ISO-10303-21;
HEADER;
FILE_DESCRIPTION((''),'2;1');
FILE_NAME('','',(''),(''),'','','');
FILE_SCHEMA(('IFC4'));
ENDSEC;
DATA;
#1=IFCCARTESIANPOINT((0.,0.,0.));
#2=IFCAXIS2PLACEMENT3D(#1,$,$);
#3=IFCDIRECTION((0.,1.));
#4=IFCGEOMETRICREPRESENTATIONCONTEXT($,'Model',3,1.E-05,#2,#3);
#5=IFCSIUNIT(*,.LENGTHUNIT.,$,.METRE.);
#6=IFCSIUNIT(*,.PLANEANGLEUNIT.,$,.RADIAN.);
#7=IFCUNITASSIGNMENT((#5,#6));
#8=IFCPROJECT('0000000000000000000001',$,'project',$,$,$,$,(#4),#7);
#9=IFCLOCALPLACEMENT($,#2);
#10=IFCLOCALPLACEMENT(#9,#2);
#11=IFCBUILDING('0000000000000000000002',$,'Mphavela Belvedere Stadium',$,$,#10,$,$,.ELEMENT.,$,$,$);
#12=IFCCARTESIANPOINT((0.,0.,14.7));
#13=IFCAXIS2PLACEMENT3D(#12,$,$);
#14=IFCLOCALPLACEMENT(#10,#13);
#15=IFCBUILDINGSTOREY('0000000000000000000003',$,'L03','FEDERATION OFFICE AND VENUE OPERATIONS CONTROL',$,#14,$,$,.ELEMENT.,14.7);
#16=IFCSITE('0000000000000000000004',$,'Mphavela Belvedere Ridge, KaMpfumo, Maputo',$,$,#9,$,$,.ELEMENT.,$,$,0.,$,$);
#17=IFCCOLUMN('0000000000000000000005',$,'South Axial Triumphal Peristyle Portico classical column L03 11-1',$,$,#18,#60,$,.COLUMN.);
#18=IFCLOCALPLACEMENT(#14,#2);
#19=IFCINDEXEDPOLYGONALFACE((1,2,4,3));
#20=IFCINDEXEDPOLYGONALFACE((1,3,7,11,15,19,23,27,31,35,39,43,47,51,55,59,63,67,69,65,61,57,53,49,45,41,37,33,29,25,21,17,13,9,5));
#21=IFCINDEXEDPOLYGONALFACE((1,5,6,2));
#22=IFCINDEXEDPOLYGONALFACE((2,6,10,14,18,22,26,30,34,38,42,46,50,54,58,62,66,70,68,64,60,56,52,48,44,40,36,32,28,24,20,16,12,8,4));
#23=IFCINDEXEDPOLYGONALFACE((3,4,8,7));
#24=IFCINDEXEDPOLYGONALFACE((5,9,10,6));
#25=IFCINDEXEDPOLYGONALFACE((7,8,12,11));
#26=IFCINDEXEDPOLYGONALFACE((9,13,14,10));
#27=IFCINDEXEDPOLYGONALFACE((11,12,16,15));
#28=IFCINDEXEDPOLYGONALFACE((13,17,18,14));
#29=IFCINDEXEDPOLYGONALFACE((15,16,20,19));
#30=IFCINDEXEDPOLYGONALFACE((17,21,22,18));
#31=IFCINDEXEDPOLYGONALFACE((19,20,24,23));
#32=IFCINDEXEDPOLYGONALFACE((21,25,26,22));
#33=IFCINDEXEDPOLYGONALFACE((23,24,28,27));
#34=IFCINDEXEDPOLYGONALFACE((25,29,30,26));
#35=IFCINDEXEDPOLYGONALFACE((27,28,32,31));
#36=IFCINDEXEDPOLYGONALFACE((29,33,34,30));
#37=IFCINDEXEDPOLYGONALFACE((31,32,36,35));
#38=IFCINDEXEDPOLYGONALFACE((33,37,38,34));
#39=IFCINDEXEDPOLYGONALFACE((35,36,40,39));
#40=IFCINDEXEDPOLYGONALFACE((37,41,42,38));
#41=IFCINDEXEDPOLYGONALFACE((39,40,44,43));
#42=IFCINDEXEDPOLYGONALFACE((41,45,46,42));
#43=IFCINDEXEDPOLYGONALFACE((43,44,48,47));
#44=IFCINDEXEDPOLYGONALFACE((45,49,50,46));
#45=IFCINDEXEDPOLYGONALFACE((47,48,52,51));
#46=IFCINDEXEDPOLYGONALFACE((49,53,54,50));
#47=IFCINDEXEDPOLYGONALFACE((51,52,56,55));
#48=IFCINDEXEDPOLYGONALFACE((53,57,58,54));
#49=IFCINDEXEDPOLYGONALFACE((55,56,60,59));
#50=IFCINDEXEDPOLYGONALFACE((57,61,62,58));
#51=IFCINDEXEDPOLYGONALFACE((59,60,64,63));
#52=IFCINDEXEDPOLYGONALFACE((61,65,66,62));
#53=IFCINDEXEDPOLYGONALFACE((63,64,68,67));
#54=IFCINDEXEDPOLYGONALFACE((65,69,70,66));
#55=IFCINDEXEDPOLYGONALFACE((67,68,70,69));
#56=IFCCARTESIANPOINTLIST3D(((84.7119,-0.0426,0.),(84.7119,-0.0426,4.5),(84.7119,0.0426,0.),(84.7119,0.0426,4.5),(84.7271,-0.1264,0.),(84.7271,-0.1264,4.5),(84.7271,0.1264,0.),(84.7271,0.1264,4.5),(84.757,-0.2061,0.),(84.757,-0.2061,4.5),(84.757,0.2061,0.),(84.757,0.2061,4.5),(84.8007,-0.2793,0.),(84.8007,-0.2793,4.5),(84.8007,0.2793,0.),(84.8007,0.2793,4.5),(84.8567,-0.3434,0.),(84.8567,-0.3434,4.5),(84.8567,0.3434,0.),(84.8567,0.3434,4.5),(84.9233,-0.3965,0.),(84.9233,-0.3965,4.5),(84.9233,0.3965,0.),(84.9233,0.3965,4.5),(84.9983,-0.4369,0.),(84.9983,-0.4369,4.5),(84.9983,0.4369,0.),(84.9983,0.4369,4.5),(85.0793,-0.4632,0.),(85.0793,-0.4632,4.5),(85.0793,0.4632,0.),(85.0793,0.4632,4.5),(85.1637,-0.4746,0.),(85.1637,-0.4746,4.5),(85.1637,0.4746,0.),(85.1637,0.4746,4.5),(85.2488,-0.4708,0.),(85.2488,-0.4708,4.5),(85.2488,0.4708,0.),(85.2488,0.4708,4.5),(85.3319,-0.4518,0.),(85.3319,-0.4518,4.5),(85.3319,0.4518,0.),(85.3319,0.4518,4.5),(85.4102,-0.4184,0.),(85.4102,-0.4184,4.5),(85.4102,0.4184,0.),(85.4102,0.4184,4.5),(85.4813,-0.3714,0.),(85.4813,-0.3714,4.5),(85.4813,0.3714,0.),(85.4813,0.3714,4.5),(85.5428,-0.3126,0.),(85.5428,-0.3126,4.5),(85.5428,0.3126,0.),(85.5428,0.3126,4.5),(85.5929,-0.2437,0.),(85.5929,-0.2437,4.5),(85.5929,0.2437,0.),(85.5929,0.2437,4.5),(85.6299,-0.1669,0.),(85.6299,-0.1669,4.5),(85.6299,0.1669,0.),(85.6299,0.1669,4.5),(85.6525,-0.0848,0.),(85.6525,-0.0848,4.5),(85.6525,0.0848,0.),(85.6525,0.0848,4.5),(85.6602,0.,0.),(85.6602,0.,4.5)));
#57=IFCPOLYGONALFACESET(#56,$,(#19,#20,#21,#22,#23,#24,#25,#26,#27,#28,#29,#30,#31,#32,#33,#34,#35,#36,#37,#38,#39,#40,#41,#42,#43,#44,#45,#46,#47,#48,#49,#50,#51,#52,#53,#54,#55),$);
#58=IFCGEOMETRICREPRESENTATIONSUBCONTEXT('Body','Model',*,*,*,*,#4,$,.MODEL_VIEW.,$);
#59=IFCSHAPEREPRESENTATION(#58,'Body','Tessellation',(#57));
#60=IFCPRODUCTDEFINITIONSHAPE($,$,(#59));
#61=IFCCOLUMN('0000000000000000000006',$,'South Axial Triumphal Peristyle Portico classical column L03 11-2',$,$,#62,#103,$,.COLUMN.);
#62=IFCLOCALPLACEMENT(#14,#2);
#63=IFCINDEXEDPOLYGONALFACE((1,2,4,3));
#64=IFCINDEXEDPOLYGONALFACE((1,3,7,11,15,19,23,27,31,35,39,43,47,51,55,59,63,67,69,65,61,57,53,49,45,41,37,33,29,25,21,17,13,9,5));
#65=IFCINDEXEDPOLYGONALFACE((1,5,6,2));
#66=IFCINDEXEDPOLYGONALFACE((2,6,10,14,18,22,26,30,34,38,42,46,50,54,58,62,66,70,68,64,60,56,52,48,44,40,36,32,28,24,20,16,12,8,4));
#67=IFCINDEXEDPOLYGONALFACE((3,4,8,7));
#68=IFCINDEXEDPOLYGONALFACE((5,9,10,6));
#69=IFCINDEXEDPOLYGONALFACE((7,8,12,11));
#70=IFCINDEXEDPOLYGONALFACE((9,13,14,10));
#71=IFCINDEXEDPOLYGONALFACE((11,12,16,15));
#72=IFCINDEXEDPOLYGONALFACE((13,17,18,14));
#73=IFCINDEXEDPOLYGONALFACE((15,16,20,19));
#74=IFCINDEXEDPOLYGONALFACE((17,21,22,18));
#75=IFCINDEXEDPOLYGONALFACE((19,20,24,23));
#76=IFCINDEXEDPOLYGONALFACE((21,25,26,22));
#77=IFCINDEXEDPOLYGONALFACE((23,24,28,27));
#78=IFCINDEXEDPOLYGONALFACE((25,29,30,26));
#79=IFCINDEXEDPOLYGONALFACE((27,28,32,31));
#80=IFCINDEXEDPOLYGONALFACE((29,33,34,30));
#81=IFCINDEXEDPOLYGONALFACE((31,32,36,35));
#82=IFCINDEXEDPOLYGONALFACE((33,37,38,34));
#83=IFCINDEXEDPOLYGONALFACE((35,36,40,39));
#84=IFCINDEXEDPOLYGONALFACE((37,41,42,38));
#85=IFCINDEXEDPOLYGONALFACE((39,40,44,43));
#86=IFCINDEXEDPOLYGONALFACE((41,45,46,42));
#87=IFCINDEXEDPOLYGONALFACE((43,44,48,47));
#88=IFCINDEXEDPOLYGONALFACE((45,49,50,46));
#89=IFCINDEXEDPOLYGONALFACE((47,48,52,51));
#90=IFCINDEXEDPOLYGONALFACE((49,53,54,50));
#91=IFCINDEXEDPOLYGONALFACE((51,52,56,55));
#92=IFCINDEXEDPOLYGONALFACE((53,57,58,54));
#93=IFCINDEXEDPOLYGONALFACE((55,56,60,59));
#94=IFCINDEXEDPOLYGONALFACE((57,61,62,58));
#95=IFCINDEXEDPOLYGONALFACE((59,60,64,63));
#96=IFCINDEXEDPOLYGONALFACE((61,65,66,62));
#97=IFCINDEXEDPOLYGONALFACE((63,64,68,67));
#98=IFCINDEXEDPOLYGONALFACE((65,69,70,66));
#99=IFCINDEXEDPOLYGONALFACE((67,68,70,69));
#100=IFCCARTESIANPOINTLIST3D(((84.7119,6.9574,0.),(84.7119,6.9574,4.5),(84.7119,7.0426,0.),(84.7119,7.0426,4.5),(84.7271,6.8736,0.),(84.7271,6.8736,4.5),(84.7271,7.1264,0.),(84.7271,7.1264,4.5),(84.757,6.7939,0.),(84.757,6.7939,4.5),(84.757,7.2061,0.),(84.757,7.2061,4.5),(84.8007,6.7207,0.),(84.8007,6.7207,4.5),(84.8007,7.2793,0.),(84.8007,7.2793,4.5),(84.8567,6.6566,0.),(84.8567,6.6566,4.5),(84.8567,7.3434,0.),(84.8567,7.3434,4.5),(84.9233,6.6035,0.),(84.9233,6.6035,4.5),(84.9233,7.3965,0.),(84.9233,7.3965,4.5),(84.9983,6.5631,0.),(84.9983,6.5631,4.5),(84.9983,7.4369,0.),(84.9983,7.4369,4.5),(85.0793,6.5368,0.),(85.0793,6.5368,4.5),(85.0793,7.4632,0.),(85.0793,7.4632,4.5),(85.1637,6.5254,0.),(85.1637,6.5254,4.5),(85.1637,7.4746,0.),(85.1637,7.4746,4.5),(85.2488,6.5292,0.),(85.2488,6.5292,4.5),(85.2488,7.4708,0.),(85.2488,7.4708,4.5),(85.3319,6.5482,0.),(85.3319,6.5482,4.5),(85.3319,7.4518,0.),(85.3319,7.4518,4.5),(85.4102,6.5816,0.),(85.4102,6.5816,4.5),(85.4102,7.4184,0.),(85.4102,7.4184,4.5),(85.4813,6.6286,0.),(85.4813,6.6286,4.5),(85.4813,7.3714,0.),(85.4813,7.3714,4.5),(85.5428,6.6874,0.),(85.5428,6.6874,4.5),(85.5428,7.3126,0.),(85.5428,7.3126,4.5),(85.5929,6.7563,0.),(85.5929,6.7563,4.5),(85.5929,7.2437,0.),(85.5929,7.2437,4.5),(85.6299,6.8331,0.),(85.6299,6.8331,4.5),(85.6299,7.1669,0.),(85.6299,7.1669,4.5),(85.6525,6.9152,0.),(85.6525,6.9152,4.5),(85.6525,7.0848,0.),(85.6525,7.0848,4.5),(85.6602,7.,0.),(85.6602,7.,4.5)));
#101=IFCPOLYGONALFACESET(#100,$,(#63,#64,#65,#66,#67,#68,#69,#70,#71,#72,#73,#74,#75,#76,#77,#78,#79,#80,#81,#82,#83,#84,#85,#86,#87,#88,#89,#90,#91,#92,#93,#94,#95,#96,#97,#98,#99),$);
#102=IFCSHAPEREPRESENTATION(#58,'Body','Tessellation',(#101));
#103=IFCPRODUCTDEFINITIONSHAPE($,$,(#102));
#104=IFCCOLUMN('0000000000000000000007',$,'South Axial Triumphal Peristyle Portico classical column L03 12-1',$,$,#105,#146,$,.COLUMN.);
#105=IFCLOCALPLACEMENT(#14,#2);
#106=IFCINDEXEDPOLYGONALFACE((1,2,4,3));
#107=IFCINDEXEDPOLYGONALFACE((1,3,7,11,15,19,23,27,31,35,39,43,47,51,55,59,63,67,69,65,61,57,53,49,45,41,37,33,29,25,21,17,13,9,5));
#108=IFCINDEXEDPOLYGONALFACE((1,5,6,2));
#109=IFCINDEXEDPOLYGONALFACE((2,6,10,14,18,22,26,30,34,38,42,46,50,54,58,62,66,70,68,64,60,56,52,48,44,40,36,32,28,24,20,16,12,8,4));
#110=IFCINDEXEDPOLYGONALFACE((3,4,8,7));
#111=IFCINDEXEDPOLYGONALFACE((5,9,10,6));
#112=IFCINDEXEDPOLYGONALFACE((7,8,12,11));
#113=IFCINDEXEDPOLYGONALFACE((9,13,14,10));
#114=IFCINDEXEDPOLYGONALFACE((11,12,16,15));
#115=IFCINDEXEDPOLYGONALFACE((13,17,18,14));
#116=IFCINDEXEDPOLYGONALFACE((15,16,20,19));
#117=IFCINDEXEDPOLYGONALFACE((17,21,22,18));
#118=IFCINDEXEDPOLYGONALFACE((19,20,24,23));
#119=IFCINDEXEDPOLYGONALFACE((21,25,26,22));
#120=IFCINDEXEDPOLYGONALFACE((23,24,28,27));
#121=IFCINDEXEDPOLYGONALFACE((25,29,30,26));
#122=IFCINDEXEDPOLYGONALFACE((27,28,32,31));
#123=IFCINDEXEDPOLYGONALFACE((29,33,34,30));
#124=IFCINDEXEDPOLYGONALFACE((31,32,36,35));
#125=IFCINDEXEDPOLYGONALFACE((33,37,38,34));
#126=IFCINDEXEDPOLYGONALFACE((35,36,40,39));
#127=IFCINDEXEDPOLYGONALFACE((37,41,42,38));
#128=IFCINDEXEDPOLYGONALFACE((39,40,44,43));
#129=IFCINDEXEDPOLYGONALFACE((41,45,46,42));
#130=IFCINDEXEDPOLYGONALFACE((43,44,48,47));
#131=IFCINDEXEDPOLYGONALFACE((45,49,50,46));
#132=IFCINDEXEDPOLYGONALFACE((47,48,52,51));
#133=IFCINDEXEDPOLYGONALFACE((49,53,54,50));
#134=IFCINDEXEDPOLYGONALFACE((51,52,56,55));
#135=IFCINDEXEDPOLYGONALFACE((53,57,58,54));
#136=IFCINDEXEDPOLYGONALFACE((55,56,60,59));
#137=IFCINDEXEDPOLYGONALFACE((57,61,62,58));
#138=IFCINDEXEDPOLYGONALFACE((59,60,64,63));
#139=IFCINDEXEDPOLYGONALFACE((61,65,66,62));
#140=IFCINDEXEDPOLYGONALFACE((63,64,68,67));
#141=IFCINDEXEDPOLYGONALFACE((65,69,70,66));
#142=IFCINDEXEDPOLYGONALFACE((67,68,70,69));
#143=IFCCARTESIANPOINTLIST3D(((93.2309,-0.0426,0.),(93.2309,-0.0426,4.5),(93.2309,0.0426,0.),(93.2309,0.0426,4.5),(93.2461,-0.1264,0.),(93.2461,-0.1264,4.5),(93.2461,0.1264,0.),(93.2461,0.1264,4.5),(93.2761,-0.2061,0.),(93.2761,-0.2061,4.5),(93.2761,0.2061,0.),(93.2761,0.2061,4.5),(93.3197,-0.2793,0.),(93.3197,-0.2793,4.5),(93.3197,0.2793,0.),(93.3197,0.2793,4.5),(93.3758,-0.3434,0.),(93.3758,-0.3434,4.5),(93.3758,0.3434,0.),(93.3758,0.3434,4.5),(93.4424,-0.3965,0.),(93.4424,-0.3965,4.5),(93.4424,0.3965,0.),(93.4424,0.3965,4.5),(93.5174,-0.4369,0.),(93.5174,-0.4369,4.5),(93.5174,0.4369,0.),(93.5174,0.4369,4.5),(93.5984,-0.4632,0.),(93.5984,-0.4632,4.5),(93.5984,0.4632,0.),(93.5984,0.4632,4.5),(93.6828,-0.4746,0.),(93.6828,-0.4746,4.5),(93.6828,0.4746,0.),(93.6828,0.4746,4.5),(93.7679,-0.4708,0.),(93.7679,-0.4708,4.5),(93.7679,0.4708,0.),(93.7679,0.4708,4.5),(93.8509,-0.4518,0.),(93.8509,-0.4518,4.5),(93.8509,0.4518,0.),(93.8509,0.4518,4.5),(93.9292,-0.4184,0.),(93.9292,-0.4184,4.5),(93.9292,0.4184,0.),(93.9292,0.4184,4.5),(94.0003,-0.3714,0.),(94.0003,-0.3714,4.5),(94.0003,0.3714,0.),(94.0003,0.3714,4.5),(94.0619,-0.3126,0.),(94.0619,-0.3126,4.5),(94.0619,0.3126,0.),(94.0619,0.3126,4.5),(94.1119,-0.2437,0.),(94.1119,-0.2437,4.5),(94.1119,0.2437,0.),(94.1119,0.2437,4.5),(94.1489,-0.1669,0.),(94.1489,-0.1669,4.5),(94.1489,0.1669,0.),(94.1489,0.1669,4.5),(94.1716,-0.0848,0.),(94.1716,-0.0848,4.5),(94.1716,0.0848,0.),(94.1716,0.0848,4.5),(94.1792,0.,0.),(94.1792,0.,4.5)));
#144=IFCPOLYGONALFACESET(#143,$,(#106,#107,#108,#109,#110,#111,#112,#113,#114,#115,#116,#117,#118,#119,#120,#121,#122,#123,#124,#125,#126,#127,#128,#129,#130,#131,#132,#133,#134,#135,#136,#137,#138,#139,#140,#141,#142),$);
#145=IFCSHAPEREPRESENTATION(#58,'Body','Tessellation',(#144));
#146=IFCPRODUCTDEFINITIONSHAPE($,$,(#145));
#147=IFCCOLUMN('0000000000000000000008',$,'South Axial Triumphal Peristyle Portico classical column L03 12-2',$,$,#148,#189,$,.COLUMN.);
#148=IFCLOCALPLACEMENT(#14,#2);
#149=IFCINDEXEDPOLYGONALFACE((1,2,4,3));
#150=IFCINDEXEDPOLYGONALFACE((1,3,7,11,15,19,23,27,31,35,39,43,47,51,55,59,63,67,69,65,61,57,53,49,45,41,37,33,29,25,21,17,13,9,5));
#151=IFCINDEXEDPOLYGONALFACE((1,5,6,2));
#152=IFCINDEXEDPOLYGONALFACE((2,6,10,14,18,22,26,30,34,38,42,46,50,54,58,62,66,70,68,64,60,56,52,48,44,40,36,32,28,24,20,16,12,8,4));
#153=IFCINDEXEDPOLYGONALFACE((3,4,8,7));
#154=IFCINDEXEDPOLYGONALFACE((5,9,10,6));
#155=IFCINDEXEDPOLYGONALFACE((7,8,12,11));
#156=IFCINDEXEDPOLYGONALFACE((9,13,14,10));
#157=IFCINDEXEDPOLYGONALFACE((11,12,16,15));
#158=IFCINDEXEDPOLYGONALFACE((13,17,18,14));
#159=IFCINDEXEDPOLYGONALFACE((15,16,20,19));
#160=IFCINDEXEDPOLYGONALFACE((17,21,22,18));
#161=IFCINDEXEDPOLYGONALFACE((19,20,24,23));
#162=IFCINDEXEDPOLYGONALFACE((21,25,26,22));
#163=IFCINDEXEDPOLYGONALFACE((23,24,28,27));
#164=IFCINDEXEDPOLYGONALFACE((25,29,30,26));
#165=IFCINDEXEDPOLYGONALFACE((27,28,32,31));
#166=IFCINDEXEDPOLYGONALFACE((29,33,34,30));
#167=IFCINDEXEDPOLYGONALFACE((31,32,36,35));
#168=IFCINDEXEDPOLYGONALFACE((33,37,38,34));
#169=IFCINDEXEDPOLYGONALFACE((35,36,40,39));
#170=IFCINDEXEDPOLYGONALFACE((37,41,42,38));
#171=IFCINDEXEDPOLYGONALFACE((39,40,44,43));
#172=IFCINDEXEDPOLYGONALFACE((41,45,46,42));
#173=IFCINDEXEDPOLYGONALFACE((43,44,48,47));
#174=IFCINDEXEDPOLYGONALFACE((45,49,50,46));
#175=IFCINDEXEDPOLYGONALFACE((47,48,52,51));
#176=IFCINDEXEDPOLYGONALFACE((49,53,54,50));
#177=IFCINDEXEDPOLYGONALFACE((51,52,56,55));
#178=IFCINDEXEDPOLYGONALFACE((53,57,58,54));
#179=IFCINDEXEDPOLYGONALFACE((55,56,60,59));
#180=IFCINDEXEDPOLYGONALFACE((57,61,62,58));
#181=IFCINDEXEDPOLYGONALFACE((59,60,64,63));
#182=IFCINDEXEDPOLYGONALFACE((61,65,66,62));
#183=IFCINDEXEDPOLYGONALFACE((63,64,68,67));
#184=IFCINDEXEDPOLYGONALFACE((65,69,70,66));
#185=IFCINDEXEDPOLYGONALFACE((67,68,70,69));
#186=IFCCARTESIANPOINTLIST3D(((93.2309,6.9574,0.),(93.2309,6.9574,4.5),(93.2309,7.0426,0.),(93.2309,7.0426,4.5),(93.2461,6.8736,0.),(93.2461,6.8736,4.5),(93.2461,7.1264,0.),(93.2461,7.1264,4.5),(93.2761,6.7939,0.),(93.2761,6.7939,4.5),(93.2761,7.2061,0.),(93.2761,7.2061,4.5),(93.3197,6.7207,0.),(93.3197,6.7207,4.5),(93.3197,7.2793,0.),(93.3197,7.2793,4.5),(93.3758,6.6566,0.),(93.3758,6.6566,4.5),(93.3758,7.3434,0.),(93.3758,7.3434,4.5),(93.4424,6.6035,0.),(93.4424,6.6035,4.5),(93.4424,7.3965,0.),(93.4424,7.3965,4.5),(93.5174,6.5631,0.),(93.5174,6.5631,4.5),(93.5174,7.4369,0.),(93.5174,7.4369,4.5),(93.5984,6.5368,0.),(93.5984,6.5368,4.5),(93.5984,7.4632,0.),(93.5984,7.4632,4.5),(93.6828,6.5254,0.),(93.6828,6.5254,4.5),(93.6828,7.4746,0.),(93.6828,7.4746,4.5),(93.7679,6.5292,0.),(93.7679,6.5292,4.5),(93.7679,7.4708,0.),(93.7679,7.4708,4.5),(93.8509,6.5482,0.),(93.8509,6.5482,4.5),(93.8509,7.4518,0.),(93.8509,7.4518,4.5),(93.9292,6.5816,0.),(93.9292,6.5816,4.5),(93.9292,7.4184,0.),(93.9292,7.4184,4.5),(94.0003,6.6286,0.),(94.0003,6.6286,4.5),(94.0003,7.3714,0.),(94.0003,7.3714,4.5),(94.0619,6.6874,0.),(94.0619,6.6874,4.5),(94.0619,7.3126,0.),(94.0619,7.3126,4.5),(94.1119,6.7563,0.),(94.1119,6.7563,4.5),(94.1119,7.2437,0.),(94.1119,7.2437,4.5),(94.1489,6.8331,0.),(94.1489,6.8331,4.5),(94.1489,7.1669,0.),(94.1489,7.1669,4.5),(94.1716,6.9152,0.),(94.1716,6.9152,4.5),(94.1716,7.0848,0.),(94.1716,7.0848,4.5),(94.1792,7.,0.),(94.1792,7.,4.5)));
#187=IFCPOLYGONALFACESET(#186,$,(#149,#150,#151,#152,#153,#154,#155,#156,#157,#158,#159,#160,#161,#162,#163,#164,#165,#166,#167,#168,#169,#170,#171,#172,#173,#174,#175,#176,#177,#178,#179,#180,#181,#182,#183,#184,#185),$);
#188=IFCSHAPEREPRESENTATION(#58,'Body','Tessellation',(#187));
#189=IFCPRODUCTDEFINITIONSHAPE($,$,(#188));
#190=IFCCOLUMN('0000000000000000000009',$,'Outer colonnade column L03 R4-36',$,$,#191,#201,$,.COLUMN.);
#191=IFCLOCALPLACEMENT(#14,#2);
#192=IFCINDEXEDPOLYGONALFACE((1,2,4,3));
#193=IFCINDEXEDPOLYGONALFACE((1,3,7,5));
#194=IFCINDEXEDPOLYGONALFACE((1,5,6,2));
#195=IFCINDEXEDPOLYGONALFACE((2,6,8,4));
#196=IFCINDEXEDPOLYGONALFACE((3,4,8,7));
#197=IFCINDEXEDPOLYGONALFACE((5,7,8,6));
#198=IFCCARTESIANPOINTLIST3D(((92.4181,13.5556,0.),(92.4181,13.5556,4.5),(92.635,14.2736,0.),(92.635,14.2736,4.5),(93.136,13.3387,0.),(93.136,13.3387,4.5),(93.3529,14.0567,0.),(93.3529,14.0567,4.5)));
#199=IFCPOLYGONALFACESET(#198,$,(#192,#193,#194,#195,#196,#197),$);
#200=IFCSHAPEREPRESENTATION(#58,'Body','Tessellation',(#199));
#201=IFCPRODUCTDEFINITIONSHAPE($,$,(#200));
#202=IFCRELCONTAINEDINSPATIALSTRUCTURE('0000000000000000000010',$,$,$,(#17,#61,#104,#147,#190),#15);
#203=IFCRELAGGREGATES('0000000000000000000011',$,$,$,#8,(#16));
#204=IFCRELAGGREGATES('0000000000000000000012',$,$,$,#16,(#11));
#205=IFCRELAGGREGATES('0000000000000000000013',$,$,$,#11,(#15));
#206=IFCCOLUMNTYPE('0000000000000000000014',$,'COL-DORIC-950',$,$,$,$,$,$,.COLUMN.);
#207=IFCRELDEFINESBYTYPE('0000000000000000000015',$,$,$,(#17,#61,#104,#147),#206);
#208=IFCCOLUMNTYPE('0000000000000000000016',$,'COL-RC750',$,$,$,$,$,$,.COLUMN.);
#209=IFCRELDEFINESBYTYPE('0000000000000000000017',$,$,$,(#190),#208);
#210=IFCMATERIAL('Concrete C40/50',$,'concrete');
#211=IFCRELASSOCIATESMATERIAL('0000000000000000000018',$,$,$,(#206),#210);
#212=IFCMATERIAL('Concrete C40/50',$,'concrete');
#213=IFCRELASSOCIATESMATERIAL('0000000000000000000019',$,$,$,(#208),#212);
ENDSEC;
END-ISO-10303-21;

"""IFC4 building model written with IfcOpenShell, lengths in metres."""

from ifc_helpers import new_model, si_unit, direction, frame, origin, origin_2d, place, context, subcontext, project, spatial, rectangle, circle, extrude, material, material_profile, profile_set, type_object, element, save


model = new_model("IFC4")

# Units and contexts
model_context = context("Model", 3, precision=1e-05, world=origin(), true_north=direction((0.0, 1.0)))
body_context = subcontext(model_context, "Body", "Model", "MODEL_VIEW")
ifc_project = project(units=[si_unit("LENGTHUNIT", "METRE"), si_unit("PLANEANGLEUNIT", "RADIAN")], contexts=[model_context])

# Site, building, storey
site_placement = place(None, origin())
site = spatial("IfcSite", under=ifc_project, at=site_placement, Name="Mphavela Belvedere Ridge, KaMpfumo, Maputo", CompositionType="ELEMENT", RefElevation=0.0)
building_placement = place(site_placement, origin())
building = spatial("IfcBuilding", under=site, at=building_placement, Name="Mphavela Belvedere Stadium", CompositionType="ELEMENT")
storey_placement = place(building_placement, frame((0.0, 0.0, 14.7)))
storey = spatial("IfcBuildingStorey", under=building, at=storey_placement, Name="L03", Description="FEDERATION OFFICE AND VENUE OPERATIONS CONTROL", CompositionType="ELEMENT", Elevation=14.7)

# Columns
ifc_material_1 = material(Name="Concrete C40/50", Category="concrete")
ifc_material_profile_1 = material_profile(ifc_material_1, circle(Radius=0.4751, at=origin_2d()), Name="COL D950")
ifc_profile_set_1 = profile_set([ifc_material_profile_1], Name="Concrete C40/50")
column_type_1 = type_object("IfcColumnType", Name="COL-DORIC-950", PredefinedType="COLUMN", material=ifc_profile_set_1)
for number, where, z_axis, x_axis, name in (
    (1, (85.1851, 0.0, 0.0), (0.0, 0.0, 1.0), (1.0, 0.0, 0.0), "South Axial Triumphal Peristyle Portico classical column L03 11-1"),
    (2, (85.1851, 7.0, 0.0), (0.0, 0.0, 1.0), (1.0, 0.0, 0.0), "South Axial Triumphal Peristyle Portico classical column L03 11-2"),
    (3, (93.7041, 0.0, 0.0), (0.0, 0.0, 1.0), (1.0, 0.0, 0.0), "South Axial Triumphal Peristyle Portico classical column L03 12-1"),
    (4, (93.7041, 7.0, 0.0), (0.0, 0.0, 1.0), (1.0, 0.0, 0.0), "South Axial Triumphal Peristyle Portico classical column L03 12-2"),
):
    element("IfcColumn", number, at=place(storey_placement, frame(where, z_axis=z_axis, x_axis=x_axis)), inside=storey, type_object=column_type_1, Name=name, PredefinedType="COLUMN", context=body_context, shape_type="SweptSolid", body=[
        extrude(circle(Radius=0.4751, at=origin_2d()), origin(), (0.0, 0.0, 1.0), 4.5),
    ])
ifc_material_2 = material(Name="Concrete C40/50", Category="concrete")
ifc_material_profile_2 = material_profile(ifc_material_2, rectangle(XDim=0.75, YDim=0.75, at=origin_2d()), Name="RC 750x750")
ifc_profile_set_2 = profile_set([ifc_material_profile_2], Name="Concrete C40/50")
column_type_2 = type_object("IfcColumnType", Name="COL-RC750", PredefinedType="COLUMN", material=ifc_profile_set_2)
column_placement = place(storey_placement, frame((92.8855, 13.8062, 0.0), z_axis=(0.0, 0.0, 1.0), x_axis=(-0.289199, -0.957269, 0.0)))
element("IfcColumn", 5, at=column_placement, inside=storey, type_object=column_type_2, Name="Outer colonnade column L03 R4-36", PredefinedType="COLUMN", context=body_context, shape_type="SweptSolid", body=[
    extrude(rectangle(XDim=0.75, YDim=0.75, at=origin_2d()), origin(), (0.0, 0.0, 1.0), 4.5),
])

save(model, "model.ifc")
